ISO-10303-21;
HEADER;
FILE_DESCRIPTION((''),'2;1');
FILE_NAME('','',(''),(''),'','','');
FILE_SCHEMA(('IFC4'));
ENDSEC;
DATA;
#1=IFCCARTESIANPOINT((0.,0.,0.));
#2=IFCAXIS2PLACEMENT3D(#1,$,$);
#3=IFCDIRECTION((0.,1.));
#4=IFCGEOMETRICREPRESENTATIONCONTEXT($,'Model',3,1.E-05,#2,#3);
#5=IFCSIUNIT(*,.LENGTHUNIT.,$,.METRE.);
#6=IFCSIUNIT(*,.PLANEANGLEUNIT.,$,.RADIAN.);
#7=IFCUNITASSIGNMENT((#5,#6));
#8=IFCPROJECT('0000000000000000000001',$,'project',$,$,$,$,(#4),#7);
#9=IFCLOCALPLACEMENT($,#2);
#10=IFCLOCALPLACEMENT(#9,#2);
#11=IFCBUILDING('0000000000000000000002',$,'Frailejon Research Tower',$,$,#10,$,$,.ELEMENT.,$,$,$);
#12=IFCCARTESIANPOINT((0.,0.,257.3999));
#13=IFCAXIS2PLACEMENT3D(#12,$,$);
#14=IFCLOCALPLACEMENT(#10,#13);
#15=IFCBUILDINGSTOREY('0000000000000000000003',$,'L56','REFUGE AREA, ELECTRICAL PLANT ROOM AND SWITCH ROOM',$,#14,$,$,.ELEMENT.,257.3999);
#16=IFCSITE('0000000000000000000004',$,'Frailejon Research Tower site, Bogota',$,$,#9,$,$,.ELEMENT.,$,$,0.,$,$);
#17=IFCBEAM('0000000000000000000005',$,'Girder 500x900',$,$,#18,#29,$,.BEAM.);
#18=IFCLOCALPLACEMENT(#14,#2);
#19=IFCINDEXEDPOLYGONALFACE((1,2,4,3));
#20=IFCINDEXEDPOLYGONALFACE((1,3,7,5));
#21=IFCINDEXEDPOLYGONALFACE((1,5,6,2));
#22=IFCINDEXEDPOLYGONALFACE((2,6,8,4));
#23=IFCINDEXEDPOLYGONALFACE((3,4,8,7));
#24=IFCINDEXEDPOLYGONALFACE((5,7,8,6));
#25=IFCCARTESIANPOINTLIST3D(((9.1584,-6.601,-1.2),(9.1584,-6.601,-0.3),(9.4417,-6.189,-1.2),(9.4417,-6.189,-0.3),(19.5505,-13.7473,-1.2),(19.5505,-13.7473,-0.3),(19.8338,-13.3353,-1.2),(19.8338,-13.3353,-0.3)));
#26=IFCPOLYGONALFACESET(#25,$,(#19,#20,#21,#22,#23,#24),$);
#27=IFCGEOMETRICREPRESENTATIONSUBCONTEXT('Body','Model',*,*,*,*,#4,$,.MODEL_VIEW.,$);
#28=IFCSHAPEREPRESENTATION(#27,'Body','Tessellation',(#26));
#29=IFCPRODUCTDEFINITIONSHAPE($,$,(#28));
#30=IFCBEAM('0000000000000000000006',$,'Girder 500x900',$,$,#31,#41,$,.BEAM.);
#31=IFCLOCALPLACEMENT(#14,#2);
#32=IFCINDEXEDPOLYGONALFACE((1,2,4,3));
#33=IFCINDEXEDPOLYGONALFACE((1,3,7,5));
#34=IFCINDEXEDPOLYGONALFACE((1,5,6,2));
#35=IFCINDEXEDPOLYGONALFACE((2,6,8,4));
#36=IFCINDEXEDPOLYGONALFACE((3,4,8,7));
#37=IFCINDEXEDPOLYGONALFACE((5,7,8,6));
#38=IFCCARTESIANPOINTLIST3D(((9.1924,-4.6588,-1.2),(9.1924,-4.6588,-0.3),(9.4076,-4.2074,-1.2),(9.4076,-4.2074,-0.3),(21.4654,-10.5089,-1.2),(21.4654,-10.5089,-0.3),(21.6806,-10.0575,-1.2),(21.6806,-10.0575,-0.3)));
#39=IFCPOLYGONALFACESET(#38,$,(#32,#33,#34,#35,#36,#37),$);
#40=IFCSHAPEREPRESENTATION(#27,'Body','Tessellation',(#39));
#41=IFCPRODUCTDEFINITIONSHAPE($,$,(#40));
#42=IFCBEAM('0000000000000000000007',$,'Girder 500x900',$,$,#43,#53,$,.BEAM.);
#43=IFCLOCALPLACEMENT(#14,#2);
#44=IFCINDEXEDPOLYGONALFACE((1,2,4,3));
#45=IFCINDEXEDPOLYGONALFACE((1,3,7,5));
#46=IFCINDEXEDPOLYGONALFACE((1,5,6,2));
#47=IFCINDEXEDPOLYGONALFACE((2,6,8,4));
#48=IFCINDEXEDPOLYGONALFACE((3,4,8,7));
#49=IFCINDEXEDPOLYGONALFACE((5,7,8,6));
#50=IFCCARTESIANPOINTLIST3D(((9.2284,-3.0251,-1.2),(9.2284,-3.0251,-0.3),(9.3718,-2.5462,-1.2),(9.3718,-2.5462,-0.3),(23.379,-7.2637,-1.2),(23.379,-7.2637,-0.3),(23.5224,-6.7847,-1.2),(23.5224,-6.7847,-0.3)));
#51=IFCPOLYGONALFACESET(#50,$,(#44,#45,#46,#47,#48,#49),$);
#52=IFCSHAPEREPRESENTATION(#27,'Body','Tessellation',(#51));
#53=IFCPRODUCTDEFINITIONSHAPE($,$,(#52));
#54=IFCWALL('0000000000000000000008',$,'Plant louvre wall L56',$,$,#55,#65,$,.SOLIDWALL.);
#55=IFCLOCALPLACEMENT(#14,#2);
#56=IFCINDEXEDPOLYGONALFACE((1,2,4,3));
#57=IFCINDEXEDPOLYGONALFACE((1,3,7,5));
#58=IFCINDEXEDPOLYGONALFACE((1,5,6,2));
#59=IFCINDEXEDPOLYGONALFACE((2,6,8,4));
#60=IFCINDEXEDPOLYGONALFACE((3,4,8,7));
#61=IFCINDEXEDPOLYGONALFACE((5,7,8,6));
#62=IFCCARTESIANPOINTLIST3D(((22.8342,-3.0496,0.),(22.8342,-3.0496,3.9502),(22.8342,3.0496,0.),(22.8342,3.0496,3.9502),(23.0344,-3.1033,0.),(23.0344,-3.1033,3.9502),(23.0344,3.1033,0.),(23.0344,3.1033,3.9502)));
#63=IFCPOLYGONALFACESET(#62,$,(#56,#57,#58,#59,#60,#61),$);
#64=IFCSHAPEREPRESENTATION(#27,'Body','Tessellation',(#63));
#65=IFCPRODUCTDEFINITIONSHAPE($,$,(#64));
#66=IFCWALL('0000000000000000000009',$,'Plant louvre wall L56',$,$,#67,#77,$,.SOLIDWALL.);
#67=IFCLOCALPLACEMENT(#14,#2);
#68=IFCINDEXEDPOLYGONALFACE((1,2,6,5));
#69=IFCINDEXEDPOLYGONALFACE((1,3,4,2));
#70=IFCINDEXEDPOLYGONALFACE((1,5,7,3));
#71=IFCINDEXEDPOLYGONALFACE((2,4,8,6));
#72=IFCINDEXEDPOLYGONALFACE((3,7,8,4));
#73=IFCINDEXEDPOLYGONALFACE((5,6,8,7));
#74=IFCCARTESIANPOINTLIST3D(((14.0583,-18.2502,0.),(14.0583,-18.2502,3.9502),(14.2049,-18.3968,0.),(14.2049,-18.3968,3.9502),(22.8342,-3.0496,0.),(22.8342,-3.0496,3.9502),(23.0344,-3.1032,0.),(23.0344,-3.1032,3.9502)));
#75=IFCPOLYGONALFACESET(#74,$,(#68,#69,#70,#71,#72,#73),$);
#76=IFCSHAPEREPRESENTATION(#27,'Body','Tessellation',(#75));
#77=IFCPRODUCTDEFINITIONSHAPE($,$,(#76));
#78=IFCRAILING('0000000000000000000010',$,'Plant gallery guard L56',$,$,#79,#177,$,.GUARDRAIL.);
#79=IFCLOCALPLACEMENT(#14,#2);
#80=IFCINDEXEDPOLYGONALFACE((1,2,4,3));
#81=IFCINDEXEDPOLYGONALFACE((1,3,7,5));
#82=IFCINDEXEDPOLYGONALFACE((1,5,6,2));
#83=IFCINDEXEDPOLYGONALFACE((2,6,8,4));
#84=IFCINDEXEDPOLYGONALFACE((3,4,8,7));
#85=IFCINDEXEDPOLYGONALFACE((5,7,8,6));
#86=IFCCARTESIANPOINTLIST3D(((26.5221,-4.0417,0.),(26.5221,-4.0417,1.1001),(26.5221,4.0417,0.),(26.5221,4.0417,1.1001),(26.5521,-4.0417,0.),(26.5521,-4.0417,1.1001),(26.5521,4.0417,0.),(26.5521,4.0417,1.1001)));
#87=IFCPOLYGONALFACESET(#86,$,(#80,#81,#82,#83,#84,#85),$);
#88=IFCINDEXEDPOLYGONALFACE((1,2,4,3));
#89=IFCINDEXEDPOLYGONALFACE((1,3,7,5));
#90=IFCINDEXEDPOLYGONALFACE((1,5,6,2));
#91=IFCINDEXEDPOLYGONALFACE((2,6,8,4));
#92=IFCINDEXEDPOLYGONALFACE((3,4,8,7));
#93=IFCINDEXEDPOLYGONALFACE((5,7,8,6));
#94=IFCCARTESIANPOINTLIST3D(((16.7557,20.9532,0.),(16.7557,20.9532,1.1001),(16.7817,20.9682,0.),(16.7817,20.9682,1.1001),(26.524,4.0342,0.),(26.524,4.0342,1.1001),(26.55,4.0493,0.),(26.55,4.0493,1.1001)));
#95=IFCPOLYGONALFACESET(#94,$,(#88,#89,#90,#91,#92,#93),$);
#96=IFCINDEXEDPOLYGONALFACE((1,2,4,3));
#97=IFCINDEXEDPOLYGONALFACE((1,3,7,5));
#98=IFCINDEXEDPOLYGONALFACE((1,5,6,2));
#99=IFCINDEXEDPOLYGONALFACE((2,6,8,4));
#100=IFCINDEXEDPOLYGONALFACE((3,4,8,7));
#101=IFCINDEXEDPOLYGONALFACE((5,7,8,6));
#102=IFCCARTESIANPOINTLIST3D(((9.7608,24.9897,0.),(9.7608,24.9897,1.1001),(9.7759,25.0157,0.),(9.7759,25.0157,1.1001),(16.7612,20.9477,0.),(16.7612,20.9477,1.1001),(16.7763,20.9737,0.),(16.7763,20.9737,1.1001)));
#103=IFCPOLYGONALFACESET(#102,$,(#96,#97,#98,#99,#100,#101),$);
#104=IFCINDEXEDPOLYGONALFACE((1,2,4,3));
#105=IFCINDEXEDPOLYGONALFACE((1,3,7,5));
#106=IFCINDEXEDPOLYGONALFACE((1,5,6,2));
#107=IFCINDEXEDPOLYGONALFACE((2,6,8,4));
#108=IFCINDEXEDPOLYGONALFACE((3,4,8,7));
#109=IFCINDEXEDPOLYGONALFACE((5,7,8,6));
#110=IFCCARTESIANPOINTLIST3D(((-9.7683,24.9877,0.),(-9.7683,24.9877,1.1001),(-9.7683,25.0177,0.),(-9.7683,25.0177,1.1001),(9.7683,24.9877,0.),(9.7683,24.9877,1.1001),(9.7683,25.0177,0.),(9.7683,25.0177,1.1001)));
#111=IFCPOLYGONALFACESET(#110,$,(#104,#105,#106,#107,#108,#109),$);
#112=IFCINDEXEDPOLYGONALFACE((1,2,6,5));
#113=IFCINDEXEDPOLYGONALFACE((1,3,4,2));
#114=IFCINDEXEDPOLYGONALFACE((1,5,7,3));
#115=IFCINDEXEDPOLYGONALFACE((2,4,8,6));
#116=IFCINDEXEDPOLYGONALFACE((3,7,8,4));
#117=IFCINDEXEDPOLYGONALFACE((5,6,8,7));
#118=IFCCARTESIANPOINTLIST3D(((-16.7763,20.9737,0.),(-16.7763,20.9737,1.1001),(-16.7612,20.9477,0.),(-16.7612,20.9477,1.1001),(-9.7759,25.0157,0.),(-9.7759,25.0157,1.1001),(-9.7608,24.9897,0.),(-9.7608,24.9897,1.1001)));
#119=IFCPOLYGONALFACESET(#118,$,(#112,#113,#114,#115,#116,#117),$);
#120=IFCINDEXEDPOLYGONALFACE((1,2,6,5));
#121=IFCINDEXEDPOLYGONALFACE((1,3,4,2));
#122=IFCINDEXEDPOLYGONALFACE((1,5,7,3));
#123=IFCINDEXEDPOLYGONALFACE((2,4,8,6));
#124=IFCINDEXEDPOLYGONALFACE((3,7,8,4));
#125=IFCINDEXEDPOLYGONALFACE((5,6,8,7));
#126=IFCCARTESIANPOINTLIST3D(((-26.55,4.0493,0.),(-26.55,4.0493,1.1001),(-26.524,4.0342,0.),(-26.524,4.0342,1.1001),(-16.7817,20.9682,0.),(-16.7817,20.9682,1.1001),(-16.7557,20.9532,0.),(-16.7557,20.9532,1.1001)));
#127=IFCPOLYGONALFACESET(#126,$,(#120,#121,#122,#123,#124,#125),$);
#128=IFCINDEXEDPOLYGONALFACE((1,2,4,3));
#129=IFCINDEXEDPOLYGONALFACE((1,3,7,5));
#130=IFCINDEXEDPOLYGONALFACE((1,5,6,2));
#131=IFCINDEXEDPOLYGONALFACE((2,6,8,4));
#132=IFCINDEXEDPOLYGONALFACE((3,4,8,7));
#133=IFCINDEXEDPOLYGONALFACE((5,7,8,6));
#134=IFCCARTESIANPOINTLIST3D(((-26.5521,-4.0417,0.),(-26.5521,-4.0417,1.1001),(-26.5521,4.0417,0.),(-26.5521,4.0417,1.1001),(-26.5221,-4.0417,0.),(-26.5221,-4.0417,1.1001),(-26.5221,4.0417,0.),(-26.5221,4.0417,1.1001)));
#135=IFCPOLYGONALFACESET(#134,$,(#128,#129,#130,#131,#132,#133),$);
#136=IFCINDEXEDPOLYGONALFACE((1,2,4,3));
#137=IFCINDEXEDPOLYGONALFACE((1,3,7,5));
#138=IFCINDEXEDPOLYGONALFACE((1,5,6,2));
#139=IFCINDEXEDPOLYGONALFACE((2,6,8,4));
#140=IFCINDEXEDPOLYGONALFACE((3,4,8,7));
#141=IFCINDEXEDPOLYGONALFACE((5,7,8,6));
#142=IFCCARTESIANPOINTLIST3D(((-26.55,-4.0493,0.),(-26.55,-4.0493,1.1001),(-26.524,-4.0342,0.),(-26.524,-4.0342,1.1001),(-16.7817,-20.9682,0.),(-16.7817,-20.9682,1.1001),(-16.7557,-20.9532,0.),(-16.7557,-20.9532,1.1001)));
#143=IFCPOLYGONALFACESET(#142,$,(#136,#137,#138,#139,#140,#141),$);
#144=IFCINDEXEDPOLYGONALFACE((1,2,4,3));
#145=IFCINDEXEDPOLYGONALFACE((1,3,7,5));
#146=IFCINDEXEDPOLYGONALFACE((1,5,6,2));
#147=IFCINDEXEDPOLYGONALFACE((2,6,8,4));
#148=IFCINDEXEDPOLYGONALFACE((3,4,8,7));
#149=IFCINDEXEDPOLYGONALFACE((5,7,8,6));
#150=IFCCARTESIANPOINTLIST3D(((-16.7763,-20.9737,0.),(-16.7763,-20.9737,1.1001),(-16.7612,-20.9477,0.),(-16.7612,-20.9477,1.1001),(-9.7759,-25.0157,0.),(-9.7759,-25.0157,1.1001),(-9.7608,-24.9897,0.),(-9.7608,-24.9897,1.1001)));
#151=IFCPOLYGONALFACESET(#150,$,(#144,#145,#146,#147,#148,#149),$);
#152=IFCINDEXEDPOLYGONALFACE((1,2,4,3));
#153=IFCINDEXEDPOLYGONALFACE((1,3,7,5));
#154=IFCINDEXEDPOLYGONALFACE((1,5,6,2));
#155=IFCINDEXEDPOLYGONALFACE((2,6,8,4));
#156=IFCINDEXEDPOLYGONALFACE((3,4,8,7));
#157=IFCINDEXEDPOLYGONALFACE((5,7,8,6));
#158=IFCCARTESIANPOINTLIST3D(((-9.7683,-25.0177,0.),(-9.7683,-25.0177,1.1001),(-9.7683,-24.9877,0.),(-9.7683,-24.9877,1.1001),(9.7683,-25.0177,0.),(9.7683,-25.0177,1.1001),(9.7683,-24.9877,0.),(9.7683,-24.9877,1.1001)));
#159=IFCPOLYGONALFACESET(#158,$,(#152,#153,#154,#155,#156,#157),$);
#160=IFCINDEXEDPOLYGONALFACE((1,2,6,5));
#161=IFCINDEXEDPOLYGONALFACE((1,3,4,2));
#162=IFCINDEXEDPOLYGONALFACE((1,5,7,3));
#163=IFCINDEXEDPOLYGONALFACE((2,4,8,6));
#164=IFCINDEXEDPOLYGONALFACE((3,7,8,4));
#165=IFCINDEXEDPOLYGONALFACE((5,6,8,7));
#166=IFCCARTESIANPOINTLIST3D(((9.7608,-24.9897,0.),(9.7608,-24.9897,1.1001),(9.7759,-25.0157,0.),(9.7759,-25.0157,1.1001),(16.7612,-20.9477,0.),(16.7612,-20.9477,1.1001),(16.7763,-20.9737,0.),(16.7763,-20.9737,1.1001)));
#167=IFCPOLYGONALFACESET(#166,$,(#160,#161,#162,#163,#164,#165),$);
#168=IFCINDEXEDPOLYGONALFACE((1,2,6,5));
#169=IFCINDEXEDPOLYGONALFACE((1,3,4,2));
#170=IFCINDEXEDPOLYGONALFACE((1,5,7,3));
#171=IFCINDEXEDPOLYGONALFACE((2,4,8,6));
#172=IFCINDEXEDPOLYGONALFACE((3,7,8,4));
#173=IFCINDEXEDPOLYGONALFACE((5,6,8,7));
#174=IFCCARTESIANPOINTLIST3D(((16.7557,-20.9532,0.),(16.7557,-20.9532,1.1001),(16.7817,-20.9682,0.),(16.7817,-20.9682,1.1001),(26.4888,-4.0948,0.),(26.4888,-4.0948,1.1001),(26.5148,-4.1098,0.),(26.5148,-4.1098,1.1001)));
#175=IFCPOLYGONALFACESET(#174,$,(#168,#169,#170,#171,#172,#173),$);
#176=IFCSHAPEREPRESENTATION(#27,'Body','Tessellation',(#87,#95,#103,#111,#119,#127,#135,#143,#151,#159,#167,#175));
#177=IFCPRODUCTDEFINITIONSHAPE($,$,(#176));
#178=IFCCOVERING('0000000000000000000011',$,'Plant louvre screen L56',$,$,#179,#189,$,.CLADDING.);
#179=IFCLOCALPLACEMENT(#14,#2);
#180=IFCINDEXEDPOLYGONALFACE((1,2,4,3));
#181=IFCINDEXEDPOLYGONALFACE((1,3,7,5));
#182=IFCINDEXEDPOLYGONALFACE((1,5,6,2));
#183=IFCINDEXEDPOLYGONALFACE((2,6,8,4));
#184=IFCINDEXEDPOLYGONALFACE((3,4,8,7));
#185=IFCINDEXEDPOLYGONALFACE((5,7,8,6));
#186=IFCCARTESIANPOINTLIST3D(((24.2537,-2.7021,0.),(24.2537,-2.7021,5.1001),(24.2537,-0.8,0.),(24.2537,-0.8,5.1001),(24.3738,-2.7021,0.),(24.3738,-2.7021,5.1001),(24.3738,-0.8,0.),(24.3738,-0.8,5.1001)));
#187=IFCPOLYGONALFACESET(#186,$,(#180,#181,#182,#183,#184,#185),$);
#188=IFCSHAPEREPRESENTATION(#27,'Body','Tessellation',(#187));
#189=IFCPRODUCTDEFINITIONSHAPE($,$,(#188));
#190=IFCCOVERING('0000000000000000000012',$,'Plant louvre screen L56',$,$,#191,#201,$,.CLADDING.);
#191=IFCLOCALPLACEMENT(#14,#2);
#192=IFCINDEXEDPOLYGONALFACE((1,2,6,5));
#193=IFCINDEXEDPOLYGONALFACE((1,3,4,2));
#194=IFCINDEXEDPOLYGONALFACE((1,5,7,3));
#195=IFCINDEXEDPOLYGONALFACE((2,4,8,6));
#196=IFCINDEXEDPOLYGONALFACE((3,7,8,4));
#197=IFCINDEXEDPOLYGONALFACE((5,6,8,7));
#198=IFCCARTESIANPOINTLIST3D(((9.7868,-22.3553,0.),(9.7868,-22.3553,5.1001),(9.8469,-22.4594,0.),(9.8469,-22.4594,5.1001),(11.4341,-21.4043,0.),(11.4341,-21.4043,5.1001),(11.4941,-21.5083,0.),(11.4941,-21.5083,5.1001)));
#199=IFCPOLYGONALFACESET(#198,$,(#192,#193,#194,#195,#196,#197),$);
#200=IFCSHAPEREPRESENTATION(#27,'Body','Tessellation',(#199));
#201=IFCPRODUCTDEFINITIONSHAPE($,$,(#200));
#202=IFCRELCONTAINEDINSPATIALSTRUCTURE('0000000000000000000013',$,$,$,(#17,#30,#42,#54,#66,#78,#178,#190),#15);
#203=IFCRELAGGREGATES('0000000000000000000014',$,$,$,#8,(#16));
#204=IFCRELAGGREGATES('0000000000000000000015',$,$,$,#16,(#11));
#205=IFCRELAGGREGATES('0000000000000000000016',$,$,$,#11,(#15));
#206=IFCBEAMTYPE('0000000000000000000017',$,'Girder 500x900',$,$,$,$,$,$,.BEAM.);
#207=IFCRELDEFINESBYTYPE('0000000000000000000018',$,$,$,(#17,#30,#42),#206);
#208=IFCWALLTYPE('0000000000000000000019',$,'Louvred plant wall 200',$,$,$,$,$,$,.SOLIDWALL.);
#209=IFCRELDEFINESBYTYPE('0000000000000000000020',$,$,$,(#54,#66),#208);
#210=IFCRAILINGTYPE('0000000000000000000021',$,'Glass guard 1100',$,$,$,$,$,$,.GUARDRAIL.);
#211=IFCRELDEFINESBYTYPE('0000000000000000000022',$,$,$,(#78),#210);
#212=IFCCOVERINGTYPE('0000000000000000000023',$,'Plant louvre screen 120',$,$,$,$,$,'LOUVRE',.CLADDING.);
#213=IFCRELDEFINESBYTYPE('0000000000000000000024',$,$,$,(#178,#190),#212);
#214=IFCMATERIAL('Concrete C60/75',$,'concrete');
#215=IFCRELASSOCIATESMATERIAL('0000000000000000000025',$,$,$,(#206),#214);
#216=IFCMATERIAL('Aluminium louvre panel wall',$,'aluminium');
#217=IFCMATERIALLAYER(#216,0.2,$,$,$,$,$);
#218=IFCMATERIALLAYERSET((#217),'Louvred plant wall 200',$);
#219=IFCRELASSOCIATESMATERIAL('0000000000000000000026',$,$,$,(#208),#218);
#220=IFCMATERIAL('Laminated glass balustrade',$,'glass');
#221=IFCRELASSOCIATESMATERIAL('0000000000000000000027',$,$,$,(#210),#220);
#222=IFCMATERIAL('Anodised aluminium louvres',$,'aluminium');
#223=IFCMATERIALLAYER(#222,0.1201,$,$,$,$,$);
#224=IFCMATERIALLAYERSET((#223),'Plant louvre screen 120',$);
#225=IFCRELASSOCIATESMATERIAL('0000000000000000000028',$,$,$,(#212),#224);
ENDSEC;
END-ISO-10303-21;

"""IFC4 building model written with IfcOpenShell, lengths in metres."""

from ifc_helpers import new_model, si_unit, direction, frame, origin, origin_2d, place, context, subcontext, project, spatial, polyline, rectangle, outline, extrude, material, layer, layer_set, material_profile, profile_set, type_object, element, save


model = new_model("IFC4")

# Units and contexts
model_context = context("Model", 3, precision=1e-05, world=origin(), true_north=direction((0.0, 1.0)))
body_context = subcontext(model_context, "Body", "Model", "MODEL_VIEW")
ifc_project = project(units=[si_unit("LENGTHUNIT", "METRE"), si_unit("PLANEANGLEUNIT", "RADIAN")], contexts=[model_context])

# Site, building, storey
site_placement = place(None, origin())
site = spatial("IfcSite", under=ifc_project, at=site_placement, Name="Frailejon Research Tower site, Bogota", CompositionType="ELEMENT", RefElevation=0.0)
building_placement = place(site_placement, origin())
building = spatial("IfcBuilding", under=site, at=building_placement, Name="Frailejon Research Tower", CompositionType="ELEMENT")
storey_placement = place(building_placement, frame((0.0, 0.0, 257.3999)))
storey = spatial("IfcBuildingStorey", under=building, at=storey_placement, Name="L56", Description="REFUGE AREA, ELECTRICAL PLANT ROOM AND SWITCH ROOM", CompositionType="ELEMENT", Elevation=257.3999)

# Beams
ifc_material_1 = material(Name="Concrete C60/75", Category="concrete")
ifc_material_profile_1 = material_profile(ifc_material_1, rectangle(XDim=0.5, YDim=0.8999, at=origin_2d()), Name="Girder 500x900")
ifc_profile_set_1 = profile_set([ifc_material_profile_1], Name="Concrete C60/75")
beam_type_1 = type_object("IfcBeamType", Name="Girder 500x900", PredefinedType="BEAM", material=ifc_profile_set_1)
beam_1_placement = place(storey_placement, frame((19.6921, -13.5413, -0.75), z_axis=(-0.82398, 0.566619, 0.0), x_axis=(-0.566619, -0.82398, 0.0)))
element("IfcBeam", 1, at=beam_1_placement, inside=storey, type_object=beam_type_1, Name="Girder 500x900", PredefinedType="BEAM", context=body_context, shape_type="SweptSolid", body=[
    extrude(rectangle(XDim=0.5, YDim=0.8999, at=origin_2d()), origin(), (0.0, 0.0, 1.0), 12.6121),
])
beam_2_placement = place(storey_placement, frame((21.573, -10.2832, -0.75), z_axis=(-0.902694, 0.430283, 0.0), x_axis=(-0.430283, -0.902694, 0.0)))
element("IfcBeam", 2, at=beam_2_placement, inside=storey, type_object=beam_type_1, Name="Girder 500x900", PredefinedType="BEAM", context=body_context, shape_type="SweptSolid", body=[
    extrude(rectangle(XDim=0.5, YDim=0.8999, at=origin_2d()), origin(), (0.0, 0.0, 1.0), 13.5959),
])
beam_3_placement = place(storey_placement, frame((23.4507, -7.0242, -0.75), z_axis=(-0.95795, 0.286934, 0.0), x_axis=(-0.286934, -0.95795, 0.0)))
element("IfcBeam", 3, at=beam_3_placement, inside=storey, type_object=beam_type_1, Name="Girder 500x900", PredefinedType="BEAM", context=body_context, shape_type="SweptSolid", body=[
    extrude(rectangle(XDim=0.5, YDim=0.8999, at=origin_2d()), origin(), (0.0, 0.0, 1.0), 14.7717),
])

# Walls
ifc_material_2 = material(Name="Aluminium louvre panel wall", Category="aluminium")
ifc_layer_1 = layer(ifc_material_2, 0.2)
ifc_layer_set_1 = layer_set([ifc_layer_1], Name="Louvred plant wall 200")
wall_type = type_object("IfcWallType", Name="Louvred plant wall 200", PredefinedType="SOLIDWALL", material=ifc_layer_set_1)
wall_1_placement = place(storey_placement, frame((22.9343, -3.0764, 0.0), z_axis=(0.0, 0.0, 1.0), x_axis=(0.0, 1.0, 0.0)))
element("IfcWall", 4, at=wall_1_placement, inside=storey, type_object=wall_type, Name="Plant louvre wall L56", PredefinedType="SOLIDWALL", context=body_context, shape_type="SweptSolid", body=[
    extrude(outline(polyline([(-0.0269, -0.1001), (6.1797, -0.1001), (6.126, 0.1001), (0.0269, 0.1001), (-0.0269, -0.1001)])), origin(), (0.0, 0.0, 1.0), 3.9502),
])
wall_2_placement = place(storey_placement, frame((14.1316, -18.3235, 0.0), z_axis=(0.0, 0.0, 1.0), x_axis=(0.499993, 0.866029, 0.0)))
element("IfcWall", 5, at=wall_2_placement, inside=storey, type_object=wall_type, Name="Plant louvre wall L56", PredefinedType="SOLIDWALL", context=body_context, shape_type="SweptSolid", body=[
    extrude(outline(polyline([(-0.0269, -0.1001), (17.6326, -0.1001), (17.5789, 0.1001), (0.0269, 0.1001), (-0.0269, -0.1001)])), origin(), (0.0, 0.0, 1.0), 3.9502),
])

# Railing
ifc_material_3 = material(Name="Laminated glass balustrade", Category="glass")
railing_type = type_object("IfcRailingType", Name="Glass guard 1100", PredefinedType="GUARDRAIL", material=ifc_material_3)
railing_placement = place(storey_placement, frame((26.5371, -4.0417, 0.0)))
element("IfcRailing", 6, at=railing_placement, inside=storey, type_object=railing_type, Name="Plant gallery guard L56", PredefinedType="GUARDRAIL", context=body_context, shape_type="SweptSolid", body=[
    extrude(rectangle(XDim=8.0835, YDim=0.03, at=origin_2d()), frame((0.0, 4.0417, 0.0), z_axis=(0.0, 0.0, 1.0), x_axis=(0.0, 1.0, 0.0)), (0.0, 0.0, 1.0), 1.1001),
    extrude(rectangle(XDim=19.5364, YDim=0.03, at=origin_2d()), frame((-4.8843, 16.543, 0.0), z_axis=(0.0, 0.0, 1.0), x_axis=(-0.500006, 0.866022, 0.0)), (0.0, 0.0, 1.0), 1.1001),
    extrude(rectangle(XDim=8.0835, YDim=0.03, at=origin_2d()), frame((-13.2686, 27.0234, 0.0), z_axis=(0.0, 0.0, 1.0), x_axis=(-0.866012, 0.500024, 0.0)), (0.0, 0.0, 1.0), 1.1001),
    extrude(rectangle(XDim=19.5366, YDim=0.03, at=origin_2d()), frame((-26.5371, 29.0444, 0.0), z_axis=(0.0, 0.0, 1.0), x_axis=(-1.0, 0.0, 0.0)), (0.0, 0.0, 1.0), 1.1001),
    extrude(rectangle(XDim=8.0835, YDim=0.03, at=origin_2d()), frame((-39.8057, 27.0234, 0.0), z_axis=(0.0, 0.0, 1.0), x_axis=(-0.866012, -0.500024, 0.0)), (0.0, 0.0, 1.0), 1.1001),
    extrude(rectangle(XDim=19.5364, YDim=0.03, at=origin_2d()), frame((-48.1899, 16.543, 0.0), z_axis=(0.0, 0.0, 1.0), x_axis=(-0.500006, -0.866022, 0.0)), (0.0, 0.0, 1.0), 1.1001),
    extrude(rectangle(XDim=8.0835, YDim=0.03, at=origin_2d()), frame((-53.0742, 4.0417, 0.0), z_axis=(0.0, 0.0, 1.0), x_axis=(0.0, -1.0, 0.0)), (0.0, 0.0, 1.0), 1.1001),
    extrude(rectangle(XDim=19.5364, YDim=0.03, at=origin_2d()), frame((-48.1899, -8.4595, 0.0), z_axis=(0.0, 0.0, 1.0), x_axis=(0.500006, -0.866022, 0.0)), (0.0, 0.0, 1.0), 1.1001),
    extrude(rectangle(XDim=8.0835, YDim=0.03, at=origin_2d()), frame((-39.8057, -18.9399, 0.0), z_axis=(0.0, 0.0, 1.0), x_axis=(0.866012, -0.500024, 0.0)), (0.0, 0.0, 1.0), 1.1001),
    extrude(rectangle(XDim=19.5366, YDim=0.03, at=origin_2d()), frame((-26.5371, -20.9609, 0.0), z_axis=(0.0, 0.0, 1.0), x_axis=(1.0, 0.0, 0.0)), (0.0, 0.0, 1.0), 1.1001),
    extrude(rectangle(XDim=8.0835, YDim=0.03, at=origin_2d()), frame((-13.2686, -18.9399, 0.0), z_axis=(0.0, 0.0, 1.0), x_axis=(0.866012, 0.500024, 0.0)), (0.0, 0.0, 1.0), 1.1001),
    extrude(rectangle(XDim=19.4663, YDim=0.03, at=origin_2d()), frame((-4.9019, -8.4897, 0.0), z_axis=(0.0, 0.0, 1.0), x_axis=(0.499998, 0.866026, 0.0)), (0.0, 0.0, 1.0), 1.1001),
])

# Coverings
ifc_material_4 = material(Name="Anodised aluminium louvres", Category="aluminium")
ifc_layer_2 = layer(ifc_material_4, 0.1201)
ifc_layer_set_2 = layer_set([ifc_layer_2], Name="Plant louvre screen 120")
covering_type = type_object("IfcCoveringType", Name="Plant louvre screen 120", ElementType="LOUVRE", PredefinedType="CLADDING", material=ifc_layer_set_2)
for number, where, z_axis, x_axis, name in (
    (7, (24.3738, -0.8, 0.0), (0.0, -1.0, 0.0), (1.0, 0.0, 0.0), "Plant louvre screen L56"),
    (8, (11.4941, -21.5083, 0.0), (-0.866024, -0.500003, 0.0), (0.500003, -0.866024, 0.0), "Plant louvre screen L56"),
):
    element("IfcCovering", number, at=place(storey_placement, frame(where, z_axis=z_axis, x_axis=x_axis)), inside=storey, type_object=covering_type, Name=name, PredefinedType="CLADDING", context=body_context, shape_type="SweptSolid", body=[
        extrude(outline(polyline([(-0.1201, 0.0), (0.0, 0.0), (0.0, 5.1001), (-0.1201, 5.1001), (-0.1201, 0.0)])), origin(), (0.0, 0.0, 1.0), 1.9021),
    ])

save(model, "model.ifc")
